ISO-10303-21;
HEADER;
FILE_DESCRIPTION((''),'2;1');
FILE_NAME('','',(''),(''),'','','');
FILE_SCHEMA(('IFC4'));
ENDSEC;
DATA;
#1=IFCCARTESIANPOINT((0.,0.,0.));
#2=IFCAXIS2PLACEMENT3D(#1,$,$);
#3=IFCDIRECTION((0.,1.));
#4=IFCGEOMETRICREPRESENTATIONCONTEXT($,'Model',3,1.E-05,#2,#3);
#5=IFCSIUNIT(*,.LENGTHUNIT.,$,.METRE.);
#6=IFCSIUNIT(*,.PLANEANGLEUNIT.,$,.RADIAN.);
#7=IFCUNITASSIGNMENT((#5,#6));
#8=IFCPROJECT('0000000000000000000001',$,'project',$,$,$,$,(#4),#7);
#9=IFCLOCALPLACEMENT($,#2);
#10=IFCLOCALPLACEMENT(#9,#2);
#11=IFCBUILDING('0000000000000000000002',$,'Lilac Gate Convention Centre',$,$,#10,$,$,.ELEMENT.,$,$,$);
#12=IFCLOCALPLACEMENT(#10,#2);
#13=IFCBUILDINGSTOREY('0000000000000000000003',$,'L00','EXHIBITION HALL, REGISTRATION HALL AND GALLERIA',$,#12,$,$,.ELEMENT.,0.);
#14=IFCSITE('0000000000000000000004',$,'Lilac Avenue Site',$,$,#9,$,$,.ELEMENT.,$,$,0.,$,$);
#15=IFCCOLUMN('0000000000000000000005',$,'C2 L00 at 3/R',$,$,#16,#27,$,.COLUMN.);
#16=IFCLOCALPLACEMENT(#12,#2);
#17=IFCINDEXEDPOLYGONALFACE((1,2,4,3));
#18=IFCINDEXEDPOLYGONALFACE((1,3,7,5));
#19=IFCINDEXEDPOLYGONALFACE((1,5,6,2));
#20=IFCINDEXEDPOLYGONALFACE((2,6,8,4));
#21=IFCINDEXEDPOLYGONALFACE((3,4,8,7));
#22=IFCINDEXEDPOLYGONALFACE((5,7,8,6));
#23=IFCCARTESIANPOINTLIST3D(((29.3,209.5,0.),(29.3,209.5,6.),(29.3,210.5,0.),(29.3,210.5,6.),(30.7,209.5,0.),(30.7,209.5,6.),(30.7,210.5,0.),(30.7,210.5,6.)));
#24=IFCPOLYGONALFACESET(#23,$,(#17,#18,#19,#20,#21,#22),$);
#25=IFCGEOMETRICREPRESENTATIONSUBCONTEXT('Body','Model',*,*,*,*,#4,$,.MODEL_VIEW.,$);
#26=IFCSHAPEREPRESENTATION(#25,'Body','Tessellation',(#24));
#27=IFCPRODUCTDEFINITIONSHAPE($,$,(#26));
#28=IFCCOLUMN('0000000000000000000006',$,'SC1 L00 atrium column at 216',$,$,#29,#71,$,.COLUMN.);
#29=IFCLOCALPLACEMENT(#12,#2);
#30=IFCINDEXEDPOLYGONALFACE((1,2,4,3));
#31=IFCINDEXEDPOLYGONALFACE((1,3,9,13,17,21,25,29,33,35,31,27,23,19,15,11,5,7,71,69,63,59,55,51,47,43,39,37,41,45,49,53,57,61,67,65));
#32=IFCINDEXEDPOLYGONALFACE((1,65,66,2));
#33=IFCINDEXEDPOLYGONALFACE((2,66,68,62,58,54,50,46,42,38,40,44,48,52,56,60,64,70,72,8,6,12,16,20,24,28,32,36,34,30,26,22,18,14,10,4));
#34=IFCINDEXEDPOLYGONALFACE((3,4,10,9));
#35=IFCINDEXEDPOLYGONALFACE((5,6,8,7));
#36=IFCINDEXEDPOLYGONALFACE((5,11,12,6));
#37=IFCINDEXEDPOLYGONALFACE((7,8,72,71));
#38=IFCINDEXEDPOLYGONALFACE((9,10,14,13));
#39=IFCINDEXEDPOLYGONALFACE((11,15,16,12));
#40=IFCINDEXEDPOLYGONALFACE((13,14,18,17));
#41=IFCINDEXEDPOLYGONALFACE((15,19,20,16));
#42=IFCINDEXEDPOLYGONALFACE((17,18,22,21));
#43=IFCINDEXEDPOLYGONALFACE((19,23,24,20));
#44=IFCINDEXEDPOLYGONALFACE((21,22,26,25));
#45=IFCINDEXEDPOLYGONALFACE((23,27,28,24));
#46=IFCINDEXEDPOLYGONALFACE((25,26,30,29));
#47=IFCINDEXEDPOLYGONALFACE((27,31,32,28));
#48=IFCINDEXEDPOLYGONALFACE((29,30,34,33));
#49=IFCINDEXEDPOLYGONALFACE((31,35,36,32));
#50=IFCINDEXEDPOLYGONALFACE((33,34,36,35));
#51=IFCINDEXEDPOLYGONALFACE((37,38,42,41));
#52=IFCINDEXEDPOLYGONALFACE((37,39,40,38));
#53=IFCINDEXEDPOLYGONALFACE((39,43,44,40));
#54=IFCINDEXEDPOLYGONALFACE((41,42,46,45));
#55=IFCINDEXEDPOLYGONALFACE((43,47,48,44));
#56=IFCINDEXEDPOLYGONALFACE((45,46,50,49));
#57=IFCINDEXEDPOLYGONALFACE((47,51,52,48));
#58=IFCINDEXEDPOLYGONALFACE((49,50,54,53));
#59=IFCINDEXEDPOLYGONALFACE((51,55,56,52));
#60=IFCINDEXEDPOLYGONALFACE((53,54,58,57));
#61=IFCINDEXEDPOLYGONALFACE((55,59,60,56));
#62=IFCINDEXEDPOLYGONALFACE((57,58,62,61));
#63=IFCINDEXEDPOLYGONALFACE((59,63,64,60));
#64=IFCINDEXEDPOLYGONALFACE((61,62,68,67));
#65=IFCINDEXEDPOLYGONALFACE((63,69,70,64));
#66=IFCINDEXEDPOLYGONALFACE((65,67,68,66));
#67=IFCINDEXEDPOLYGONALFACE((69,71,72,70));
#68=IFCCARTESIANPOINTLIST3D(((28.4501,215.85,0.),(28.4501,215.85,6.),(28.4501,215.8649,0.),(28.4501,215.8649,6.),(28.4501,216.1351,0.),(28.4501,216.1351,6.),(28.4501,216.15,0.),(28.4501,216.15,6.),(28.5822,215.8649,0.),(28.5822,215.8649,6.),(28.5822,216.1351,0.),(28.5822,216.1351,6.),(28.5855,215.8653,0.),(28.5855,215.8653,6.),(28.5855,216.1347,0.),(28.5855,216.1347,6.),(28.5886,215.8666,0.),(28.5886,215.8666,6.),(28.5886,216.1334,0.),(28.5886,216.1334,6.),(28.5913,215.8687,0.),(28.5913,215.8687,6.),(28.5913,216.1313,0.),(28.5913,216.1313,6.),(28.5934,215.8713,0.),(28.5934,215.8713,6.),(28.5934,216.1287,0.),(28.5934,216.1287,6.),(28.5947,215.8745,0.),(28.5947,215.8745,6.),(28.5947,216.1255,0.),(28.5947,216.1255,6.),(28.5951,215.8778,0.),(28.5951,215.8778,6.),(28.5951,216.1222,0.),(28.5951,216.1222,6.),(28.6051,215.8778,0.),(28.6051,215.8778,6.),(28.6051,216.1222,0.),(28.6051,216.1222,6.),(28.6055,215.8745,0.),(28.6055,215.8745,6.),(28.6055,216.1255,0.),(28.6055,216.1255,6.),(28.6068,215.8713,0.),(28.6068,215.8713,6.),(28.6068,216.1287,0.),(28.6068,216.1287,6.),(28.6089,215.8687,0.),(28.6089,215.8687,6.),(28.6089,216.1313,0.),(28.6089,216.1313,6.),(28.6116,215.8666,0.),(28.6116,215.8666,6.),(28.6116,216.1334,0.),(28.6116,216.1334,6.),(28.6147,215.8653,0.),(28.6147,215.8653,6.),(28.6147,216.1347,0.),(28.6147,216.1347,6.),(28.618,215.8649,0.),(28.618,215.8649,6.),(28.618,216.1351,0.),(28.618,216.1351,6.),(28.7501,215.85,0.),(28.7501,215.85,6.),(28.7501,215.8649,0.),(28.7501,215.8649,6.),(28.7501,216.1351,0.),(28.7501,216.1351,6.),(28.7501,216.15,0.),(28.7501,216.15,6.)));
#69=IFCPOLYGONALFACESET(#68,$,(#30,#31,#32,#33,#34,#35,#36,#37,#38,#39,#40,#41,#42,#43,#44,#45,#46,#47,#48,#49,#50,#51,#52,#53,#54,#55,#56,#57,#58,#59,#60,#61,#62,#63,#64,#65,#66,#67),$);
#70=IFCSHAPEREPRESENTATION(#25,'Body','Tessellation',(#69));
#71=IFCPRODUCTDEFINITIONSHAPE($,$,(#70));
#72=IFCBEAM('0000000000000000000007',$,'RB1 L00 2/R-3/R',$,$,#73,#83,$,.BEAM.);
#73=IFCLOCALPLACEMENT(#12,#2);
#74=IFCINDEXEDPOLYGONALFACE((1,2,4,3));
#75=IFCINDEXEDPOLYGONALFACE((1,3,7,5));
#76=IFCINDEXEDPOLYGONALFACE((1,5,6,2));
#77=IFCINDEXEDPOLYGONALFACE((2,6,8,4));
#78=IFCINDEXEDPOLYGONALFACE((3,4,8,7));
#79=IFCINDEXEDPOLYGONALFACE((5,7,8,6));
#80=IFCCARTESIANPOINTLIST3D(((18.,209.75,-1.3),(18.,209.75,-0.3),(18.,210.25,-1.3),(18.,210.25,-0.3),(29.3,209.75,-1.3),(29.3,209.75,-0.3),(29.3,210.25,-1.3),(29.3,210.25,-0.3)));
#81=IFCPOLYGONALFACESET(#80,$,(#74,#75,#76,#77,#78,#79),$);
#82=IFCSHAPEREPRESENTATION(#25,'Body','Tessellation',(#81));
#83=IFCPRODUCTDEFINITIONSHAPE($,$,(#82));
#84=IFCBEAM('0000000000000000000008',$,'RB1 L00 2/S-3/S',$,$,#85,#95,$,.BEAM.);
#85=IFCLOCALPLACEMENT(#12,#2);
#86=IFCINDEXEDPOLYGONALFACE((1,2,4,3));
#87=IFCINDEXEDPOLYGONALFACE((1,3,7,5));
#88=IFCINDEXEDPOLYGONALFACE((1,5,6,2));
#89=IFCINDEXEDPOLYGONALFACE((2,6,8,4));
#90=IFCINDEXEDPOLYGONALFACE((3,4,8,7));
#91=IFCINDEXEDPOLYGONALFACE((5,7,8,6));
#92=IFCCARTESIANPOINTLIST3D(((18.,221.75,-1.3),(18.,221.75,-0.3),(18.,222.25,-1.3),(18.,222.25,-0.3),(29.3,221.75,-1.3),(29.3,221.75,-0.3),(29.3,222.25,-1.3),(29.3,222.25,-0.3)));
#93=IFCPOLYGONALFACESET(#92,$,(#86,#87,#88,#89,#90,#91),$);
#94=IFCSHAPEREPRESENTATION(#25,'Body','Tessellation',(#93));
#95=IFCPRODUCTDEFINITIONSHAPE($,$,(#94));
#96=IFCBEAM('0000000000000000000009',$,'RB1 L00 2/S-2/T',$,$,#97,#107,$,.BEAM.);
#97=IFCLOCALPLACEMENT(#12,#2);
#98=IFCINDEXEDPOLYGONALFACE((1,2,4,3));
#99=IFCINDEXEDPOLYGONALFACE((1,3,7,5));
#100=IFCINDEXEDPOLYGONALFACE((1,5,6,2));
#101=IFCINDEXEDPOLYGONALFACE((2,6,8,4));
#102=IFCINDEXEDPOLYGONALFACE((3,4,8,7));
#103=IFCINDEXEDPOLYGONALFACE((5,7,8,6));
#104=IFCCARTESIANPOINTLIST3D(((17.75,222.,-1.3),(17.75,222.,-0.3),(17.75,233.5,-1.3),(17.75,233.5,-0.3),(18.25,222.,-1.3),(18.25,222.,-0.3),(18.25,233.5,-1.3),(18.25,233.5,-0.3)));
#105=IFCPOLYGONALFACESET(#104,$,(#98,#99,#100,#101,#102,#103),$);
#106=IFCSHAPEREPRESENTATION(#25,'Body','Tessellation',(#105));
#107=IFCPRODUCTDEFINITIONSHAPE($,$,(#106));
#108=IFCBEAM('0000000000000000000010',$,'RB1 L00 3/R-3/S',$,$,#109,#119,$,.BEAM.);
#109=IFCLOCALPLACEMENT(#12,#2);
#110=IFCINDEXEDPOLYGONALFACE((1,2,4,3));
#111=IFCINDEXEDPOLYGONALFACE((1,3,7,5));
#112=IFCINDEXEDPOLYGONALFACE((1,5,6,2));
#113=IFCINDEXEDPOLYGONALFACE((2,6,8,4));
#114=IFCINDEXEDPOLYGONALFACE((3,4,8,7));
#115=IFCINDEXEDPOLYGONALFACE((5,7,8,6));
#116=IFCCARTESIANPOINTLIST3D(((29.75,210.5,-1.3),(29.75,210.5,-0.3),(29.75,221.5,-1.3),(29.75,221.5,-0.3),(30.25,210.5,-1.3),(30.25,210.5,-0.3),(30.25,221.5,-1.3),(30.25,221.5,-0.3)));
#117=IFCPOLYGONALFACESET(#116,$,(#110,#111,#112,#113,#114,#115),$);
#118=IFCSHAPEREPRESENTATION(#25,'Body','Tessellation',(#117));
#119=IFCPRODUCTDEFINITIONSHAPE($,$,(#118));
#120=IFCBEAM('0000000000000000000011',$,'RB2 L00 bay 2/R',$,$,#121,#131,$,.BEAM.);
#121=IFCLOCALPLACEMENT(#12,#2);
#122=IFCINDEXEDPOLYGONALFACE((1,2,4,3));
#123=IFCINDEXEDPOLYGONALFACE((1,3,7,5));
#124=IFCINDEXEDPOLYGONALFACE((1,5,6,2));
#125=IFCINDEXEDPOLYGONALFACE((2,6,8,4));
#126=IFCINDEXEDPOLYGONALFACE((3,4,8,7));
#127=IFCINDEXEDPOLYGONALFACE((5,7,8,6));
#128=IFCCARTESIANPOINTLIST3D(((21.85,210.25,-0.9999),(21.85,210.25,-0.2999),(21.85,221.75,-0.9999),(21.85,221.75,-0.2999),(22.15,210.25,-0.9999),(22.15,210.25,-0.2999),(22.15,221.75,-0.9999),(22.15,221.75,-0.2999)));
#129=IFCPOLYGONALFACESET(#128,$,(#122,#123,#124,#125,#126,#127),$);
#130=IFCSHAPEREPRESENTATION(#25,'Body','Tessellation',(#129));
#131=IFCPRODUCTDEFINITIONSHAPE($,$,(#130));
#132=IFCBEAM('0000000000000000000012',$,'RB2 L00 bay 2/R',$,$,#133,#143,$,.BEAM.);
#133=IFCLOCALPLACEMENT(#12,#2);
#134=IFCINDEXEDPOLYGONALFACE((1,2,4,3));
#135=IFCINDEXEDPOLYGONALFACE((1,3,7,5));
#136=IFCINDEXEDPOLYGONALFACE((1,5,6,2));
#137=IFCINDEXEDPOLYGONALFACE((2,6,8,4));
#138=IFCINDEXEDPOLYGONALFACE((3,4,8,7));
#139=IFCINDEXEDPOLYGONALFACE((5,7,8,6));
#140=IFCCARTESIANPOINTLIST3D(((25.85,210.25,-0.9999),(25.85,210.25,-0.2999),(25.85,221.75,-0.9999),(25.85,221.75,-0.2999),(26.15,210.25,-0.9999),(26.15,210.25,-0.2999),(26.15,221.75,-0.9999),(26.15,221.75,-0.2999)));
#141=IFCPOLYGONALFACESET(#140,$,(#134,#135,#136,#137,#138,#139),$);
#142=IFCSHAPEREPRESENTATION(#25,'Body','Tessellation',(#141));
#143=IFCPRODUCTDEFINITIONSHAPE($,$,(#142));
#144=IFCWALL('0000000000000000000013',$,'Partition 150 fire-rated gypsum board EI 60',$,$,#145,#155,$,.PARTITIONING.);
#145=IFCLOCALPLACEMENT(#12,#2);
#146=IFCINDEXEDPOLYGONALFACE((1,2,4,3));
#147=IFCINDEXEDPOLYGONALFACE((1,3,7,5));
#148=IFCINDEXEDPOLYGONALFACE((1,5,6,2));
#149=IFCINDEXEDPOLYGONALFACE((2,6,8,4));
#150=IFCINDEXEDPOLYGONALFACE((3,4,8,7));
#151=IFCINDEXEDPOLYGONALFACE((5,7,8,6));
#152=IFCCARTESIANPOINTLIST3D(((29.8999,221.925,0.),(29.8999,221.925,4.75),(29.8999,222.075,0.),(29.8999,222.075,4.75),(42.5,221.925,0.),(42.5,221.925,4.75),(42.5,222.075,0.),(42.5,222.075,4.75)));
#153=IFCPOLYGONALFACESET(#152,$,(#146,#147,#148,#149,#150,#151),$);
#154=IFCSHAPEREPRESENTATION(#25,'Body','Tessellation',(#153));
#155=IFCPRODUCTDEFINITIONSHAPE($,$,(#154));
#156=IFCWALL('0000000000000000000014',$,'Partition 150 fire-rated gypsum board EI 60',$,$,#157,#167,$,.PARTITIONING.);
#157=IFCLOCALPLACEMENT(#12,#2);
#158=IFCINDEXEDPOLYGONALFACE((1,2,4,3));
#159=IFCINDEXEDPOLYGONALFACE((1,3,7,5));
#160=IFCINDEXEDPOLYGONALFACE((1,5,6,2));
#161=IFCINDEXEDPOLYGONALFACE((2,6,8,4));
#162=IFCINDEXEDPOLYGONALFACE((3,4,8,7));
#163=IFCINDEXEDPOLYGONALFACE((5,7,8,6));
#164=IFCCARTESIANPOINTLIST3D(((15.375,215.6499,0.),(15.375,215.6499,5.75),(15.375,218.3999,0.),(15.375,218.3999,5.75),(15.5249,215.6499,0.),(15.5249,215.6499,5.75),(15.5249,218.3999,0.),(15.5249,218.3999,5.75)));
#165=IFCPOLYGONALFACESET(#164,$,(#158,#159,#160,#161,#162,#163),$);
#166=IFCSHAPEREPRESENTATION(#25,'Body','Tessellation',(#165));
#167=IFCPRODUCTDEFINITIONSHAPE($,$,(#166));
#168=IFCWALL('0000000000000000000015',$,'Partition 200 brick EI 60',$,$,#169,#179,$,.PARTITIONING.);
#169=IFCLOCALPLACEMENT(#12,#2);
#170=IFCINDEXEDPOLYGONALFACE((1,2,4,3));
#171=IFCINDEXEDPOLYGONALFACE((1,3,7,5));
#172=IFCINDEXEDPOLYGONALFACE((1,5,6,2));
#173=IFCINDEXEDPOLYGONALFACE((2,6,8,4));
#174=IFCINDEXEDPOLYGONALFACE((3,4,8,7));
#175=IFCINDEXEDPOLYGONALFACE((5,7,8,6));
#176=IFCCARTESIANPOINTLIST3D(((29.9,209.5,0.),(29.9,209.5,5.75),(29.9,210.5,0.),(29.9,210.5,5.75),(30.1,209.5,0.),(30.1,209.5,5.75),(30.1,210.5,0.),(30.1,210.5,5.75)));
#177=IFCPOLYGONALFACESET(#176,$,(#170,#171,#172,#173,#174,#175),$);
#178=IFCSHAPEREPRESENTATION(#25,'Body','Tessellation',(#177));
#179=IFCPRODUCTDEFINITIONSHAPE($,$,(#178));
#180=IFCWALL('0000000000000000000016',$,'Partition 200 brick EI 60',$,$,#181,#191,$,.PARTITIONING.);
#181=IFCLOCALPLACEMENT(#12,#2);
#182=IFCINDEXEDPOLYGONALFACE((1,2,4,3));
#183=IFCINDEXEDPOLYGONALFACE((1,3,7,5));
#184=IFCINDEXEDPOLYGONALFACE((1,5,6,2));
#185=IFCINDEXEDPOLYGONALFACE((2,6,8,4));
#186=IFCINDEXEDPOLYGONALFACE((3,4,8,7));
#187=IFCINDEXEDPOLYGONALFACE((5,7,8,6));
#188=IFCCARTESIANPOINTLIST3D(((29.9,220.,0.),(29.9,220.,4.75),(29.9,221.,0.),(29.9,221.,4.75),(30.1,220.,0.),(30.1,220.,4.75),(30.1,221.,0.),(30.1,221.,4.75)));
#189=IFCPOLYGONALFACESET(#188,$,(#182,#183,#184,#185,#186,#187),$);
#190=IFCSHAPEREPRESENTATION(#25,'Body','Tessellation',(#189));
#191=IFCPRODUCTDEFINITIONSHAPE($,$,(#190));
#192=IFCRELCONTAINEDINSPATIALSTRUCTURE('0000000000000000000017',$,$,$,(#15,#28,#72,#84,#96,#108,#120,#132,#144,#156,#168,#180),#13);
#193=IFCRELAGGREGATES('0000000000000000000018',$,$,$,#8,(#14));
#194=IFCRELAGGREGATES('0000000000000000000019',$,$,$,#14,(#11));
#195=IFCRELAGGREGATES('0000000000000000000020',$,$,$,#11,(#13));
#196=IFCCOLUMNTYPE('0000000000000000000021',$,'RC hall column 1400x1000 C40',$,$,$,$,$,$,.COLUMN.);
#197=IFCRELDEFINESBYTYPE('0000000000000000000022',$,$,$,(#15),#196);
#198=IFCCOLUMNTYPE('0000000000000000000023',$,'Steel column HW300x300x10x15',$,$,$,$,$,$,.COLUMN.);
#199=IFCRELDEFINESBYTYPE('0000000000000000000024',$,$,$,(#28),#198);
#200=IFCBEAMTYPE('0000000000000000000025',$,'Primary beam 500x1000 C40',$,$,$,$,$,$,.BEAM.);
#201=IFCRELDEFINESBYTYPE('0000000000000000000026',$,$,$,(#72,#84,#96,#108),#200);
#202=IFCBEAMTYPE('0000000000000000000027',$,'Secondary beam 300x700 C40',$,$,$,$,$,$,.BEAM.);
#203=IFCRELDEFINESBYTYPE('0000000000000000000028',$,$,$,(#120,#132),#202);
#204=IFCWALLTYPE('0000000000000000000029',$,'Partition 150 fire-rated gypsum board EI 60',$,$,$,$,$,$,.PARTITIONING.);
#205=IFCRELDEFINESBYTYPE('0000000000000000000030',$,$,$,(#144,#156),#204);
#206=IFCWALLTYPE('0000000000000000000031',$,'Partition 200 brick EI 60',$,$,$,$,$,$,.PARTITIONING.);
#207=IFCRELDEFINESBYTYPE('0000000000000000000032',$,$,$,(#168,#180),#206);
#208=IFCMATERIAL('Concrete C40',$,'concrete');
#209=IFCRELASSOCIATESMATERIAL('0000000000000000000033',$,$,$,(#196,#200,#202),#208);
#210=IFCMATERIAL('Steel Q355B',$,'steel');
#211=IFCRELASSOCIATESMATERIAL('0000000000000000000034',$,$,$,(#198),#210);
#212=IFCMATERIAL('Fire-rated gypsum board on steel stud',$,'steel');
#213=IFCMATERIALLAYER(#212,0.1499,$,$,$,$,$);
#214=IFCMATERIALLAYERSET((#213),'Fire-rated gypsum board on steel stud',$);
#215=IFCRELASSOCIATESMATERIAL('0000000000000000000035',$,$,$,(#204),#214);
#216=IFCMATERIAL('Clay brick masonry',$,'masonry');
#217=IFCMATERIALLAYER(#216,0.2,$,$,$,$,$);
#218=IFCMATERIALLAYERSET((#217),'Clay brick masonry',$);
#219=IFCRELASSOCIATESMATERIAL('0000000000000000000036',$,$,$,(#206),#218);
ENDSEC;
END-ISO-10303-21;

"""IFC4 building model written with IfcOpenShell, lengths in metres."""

from ifc_helpers import new_model, si_unit, direction, frame, frame_2d, origin, origin_2d, place, context, subcontext, project, spatial, rectangle, i_section, extrude, material, layer, layer_set, material_profile, profile_set, type_object, element, save


model = new_model("IFC4")

# Units and contexts
model_context = context("Model", 3, precision=1e-05, world=origin(), true_north=direction((0.0, 1.0)))
body_context = subcontext(model_context, "Body", "Model", "MODEL_VIEW")
ifc_project = project(units=[si_unit("LENGTHUNIT", "METRE"), si_unit("PLANEANGLEUNIT", "RADIAN")], contexts=[model_context])

# Site, building, storey
site_placement = place(None, origin())
site = spatial("IfcSite", under=ifc_project, at=site_placement, Name="Lilac Avenue Site", CompositionType="ELEMENT", RefElevation=0.0)
building_placement = place(site_placement, origin())
building = spatial("IfcBuilding", under=site, at=building_placement, Name="Lilac Gate Convention Centre", CompositionType="ELEMENT")
storey_placement = place(building_placement, origin())
storey = spatial("IfcBuildingStorey", under=building, at=storey_placement, Name="L00", Description="EXHIBITION HALL, REGISTRATION HALL AND GALLERIA", CompositionType="ELEMENT", Elevation=0.0)

# Columns
ifc_material_1 = material(Name="Concrete C40", Category="concrete")
ifc_material_profile_1 = material_profile(ifc_material_1, rectangle(XDim=1.3999, YDim=1.0, at=origin_2d()), Name="RC 1400x1000")
ifc_profile_set_1 = profile_set([ifc_material_profile_1], Name="Concrete C40")
column_type_1 = type_object("IfcColumnType", Name="RC hall column 1400x1000 C40", PredefinedType="COLUMN", material=ifc_profile_set_1)
column_1_placement = place(storey_placement, frame((30.0, 210.0, 0.0), z_axis=(0.0, 0.0, 1.0), x_axis=(1.0, 0.0, 0.0)))
element("IfcColumn", 1, at=column_1_placement, inside=storey, type_object=column_type_1, Name="C2 L00 at 3/R", PredefinedType="COLUMN", context=body_context, shape_type="SweptSolid", body=[
    extrude(rectangle(XDim=1.3999, YDim=1.0, at=origin_2d()), origin(), (0.0, 0.0, 1.0), 6.0),
])
ifc_material_2 = material(Name="Steel Q355B", Category="steel")
ifc_material_profile_2 = material_profile(ifc_material_2, i_section(OverallWidth=0.3, OverallDepth=0.3, WebThickness=0.01, FlangeThickness=0.0149, FilletRadius=0.0129, at=origin_2d()), Name="HW300x300x10x15")
ifc_profile_set_2 = profile_set([ifc_material_profile_2], Name="Steel Q355B")
column_type_2 = type_object("IfcColumnType", Name="Steel column HW300x300x10x15", PredefinedType="COLUMN", material=ifc_profile_set_2)
column_2_placement = place(storey_placement, frame((28.6001, 216.0, 0.0), z_axis=(0.0, 0.0, 1.0), x_axis=(1.0, 0.0, 0.0)))
element("IfcColumn", 2, at=column_2_placement, inside=storey, type_object=column_type_2, Name="SC1 L00 atrium column at 216", PredefinedType="COLUMN", context=body_context, shape_type="SweptSolid", body=[
    extrude(i_section(OverallWidth=0.3, OverallDepth=0.3, WebThickness=0.01, FlangeThickness=0.0149, FilletRadius=0.0129, at=origin_2d()), origin(), (0.0, 0.0, 1.0), 6.0),
])

# Beams
ifc_material_profile_3 = material_profile(ifc_material_1, rectangle(XDim=0.5, YDim=1.0, at=origin_2d()), Name="RC 500x1000")
ifc_profile_set_3 = profile_set([ifc_material_profile_3], Name="Concrete C40")
beam_type_1 = type_object("IfcBeamType", Name="Primary beam 500x1000 C40", PredefinedType="BEAM", material=ifc_profile_set_3)
for number, where, z_axis, x_axis, name in (
    (3, (18.0, 210.0, -0.8), (1.0, 0.0, 0.0), (0.0, 1.0, 0.0), "RB1 L00 2/R-3/R"),
    (4, (18.0, 222.0, -0.8), (1.0, 0.0, 0.0), (0.0, 1.0, 0.0), "RB1 L00 2/S-3/S"),
):
    element("IfcBeam", number, at=place(storey_placement, frame(where, z_axis=z_axis, x_axis=x_axis)), inside=storey, type_object=beam_type_1, Name=name, PredefinedType="BEAM", context=body_context, shape_type="SweptSolid", body=[
        extrude(rectangle(XDim=0.5, YDim=1.0, at=origin_2d()), origin(), (0.0, 0.0, 1.0), 11.3),
    ])
beam_1_placement = place(storey_placement, frame((18.0, 222.0, -0.8), z_axis=(0.0, 1.0, 0.0), x_axis=(-1.0, 0.0, 0.0)))
element("IfcBeam", 5, at=beam_1_placement, inside=storey, type_object=beam_type_1, Name="RB1 L00 2/S-2/T", PredefinedType="BEAM", context=body_context, shape_type="SweptSolid", body=[
    extrude(rectangle(XDim=0.5, YDim=1.0, at=origin_2d()), origin(), (0.0, 0.0, 1.0), 11.5),
])
beam_2_placement = place(storey_placement, frame((30.0, 210.5, -0.8), z_axis=(0.0, 1.0, 0.0), x_axis=(-1.0, 0.0, 0.0)))
element("IfcBeam", 6, at=beam_2_placement, inside=storey, type_object=beam_type_1, Name="RB1 L00 3/R-3/S", PredefinedType="BEAM", context=body_context, shape_type="SweptSolid", body=[
    extrude(rectangle(XDim=0.5, YDim=1.0, at=origin_2d()), origin(), (0.0, 0.0, 1.0), 11.0),
])
ifc_material_profile_4 = material_profile(ifc_material_1, rectangle(XDim=0.3, YDim=0.7, at=origin_2d()), Name="RC 300x700")
ifc_profile_set_4 = profile_set([ifc_material_profile_4], Name="Concrete C40")
beam_type_2 = type_object("IfcBeamType", Name="Secondary beam 300x700 C40", PredefinedType="BEAM", material=ifc_profile_set_4)
for number, where, z_axis, x_axis, name in (
    (7, (22.0, 210.25, -0.6499), (0.0, 1.0, 0.0), (-1.0, 0.0, 0.0), "RB2 L00 bay 2/R"),
    (8, (26.0, 210.25, -0.6499), (0.0, 1.0, 0.0), (-1.0, 0.0, 0.0), "RB2 L00 bay 2/R"),
):
    element("IfcBeam", number, at=place(storey_placement, frame(where, z_axis=z_axis, x_axis=x_axis)), inside=storey, type_object=beam_type_2, Name=name, PredefinedType="BEAM", context=body_context, shape_type="SweptSolid", body=[
        extrude(rectangle(XDim=0.3, YDim=0.7, at=origin_2d()), origin(), (0.0, 0.0, 1.0), 11.5),
    ])

# Walls
ifc_material_3 = material(Name="Fire-rated gypsum board on steel stud", Category="steel")
ifc_layer_1 = layer(ifc_material_3, 0.1499)
ifc_layer_set_1 = layer_set([ifc_layer_1], Name="Fire-rated gypsum board on steel stud")
wall_type_1 = type_object("IfcWallType", Name="Partition 150 fire-rated gypsum board EI 60", PredefinedType="PARTITIONING", material=ifc_layer_set_1)
wall_1_placement = place(storey_placement, frame((29.8999, 222.0, 0.0), z_axis=(0.0, 0.0, 1.0), x_axis=(1.0, 0.0, 0.0)))
element("IfcWall", 9, at=wall_1_placement, inside=storey, type_object=wall_type_1, Name="Partition 150 fire-rated gypsum board EI 60", PredefinedType="PARTITIONING", context=body_context, shape_type="SweptSolid", body=[
    extrude(rectangle(XDim=12.6001, YDim=0.1499, at=frame_2d((6.3, 0.0))), origin(), (0.0, 0.0, 1.0), 4.75),
])
wall_2_placement = place(storey_placement, frame((15.45, 215.6499, 0.0), z_axis=(0.0, 0.0, 1.0), x_axis=(0.0, 1.0, 0.0)))
element("IfcWall", 10, at=wall_2_placement, inside=storey, type_object=wall_type_1, Name="Partition 150 fire-rated gypsum board EI 60", PredefinedType="PARTITIONING", context=body_context, shape_type="SweptSolid", body=[
    extrude(rectangle(XDim=2.75, YDim=0.1499, at=frame_2d((1.375, 0.0))), origin(), (0.0, 0.0, 1.0), 5.75),
])
ifc_material_4 = material(Name="Clay brick masonry", Category="masonry")
ifc_layer_2 = layer(ifc_material_4, 0.2)
ifc_layer_set_2 = layer_set([ifc_layer_2], Name="Clay brick masonry")
wall_type_2 = type_object("IfcWallType", Name="Partition 200 brick EI 60", PredefinedType="PARTITIONING", material=ifc_layer_set_2)
wall_3_placement = place(storey_placement, frame((30.0, 209.5, 0.0), z_axis=(0.0, 0.0, 1.0), x_axis=(0.0, 1.0, 0.0)))
element("IfcWall", 11, at=wall_3_placement, inside=storey, type_object=wall_type_2, Name="Partition 200 brick EI 60", PredefinedType="PARTITIONING", context=body_context, shape_type="SweptSolid", body=[
    extrude(rectangle(XDim=1.0, YDim=0.2, at=frame_2d((0.5, 0.0))), origin(), (0.0, 0.0, 1.0), 5.75),
])
wall_4_placement = place(storey_placement, frame((30.0, 220.0, 0.0), z_axis=(0.0, 0.0, 1.0), x_axis=(0.0, 1.0, 0.0)))
element("IfcWall", 12, at=wall_4_placement, inside=storey, type_object=wall_type_2, Name="Partition 200 brick EI 60", PredefinedType="PARTITIONING", context=body_context, shape_type="SweptSolid", body=[
    extrude(rectangle(XDim=1.0, YDim=0.2, at=frame_2d((0.5, 0.0))), origin(), (0.0, 0.0, 1.0), 4.75),
])

save(model, "model.ifc")
